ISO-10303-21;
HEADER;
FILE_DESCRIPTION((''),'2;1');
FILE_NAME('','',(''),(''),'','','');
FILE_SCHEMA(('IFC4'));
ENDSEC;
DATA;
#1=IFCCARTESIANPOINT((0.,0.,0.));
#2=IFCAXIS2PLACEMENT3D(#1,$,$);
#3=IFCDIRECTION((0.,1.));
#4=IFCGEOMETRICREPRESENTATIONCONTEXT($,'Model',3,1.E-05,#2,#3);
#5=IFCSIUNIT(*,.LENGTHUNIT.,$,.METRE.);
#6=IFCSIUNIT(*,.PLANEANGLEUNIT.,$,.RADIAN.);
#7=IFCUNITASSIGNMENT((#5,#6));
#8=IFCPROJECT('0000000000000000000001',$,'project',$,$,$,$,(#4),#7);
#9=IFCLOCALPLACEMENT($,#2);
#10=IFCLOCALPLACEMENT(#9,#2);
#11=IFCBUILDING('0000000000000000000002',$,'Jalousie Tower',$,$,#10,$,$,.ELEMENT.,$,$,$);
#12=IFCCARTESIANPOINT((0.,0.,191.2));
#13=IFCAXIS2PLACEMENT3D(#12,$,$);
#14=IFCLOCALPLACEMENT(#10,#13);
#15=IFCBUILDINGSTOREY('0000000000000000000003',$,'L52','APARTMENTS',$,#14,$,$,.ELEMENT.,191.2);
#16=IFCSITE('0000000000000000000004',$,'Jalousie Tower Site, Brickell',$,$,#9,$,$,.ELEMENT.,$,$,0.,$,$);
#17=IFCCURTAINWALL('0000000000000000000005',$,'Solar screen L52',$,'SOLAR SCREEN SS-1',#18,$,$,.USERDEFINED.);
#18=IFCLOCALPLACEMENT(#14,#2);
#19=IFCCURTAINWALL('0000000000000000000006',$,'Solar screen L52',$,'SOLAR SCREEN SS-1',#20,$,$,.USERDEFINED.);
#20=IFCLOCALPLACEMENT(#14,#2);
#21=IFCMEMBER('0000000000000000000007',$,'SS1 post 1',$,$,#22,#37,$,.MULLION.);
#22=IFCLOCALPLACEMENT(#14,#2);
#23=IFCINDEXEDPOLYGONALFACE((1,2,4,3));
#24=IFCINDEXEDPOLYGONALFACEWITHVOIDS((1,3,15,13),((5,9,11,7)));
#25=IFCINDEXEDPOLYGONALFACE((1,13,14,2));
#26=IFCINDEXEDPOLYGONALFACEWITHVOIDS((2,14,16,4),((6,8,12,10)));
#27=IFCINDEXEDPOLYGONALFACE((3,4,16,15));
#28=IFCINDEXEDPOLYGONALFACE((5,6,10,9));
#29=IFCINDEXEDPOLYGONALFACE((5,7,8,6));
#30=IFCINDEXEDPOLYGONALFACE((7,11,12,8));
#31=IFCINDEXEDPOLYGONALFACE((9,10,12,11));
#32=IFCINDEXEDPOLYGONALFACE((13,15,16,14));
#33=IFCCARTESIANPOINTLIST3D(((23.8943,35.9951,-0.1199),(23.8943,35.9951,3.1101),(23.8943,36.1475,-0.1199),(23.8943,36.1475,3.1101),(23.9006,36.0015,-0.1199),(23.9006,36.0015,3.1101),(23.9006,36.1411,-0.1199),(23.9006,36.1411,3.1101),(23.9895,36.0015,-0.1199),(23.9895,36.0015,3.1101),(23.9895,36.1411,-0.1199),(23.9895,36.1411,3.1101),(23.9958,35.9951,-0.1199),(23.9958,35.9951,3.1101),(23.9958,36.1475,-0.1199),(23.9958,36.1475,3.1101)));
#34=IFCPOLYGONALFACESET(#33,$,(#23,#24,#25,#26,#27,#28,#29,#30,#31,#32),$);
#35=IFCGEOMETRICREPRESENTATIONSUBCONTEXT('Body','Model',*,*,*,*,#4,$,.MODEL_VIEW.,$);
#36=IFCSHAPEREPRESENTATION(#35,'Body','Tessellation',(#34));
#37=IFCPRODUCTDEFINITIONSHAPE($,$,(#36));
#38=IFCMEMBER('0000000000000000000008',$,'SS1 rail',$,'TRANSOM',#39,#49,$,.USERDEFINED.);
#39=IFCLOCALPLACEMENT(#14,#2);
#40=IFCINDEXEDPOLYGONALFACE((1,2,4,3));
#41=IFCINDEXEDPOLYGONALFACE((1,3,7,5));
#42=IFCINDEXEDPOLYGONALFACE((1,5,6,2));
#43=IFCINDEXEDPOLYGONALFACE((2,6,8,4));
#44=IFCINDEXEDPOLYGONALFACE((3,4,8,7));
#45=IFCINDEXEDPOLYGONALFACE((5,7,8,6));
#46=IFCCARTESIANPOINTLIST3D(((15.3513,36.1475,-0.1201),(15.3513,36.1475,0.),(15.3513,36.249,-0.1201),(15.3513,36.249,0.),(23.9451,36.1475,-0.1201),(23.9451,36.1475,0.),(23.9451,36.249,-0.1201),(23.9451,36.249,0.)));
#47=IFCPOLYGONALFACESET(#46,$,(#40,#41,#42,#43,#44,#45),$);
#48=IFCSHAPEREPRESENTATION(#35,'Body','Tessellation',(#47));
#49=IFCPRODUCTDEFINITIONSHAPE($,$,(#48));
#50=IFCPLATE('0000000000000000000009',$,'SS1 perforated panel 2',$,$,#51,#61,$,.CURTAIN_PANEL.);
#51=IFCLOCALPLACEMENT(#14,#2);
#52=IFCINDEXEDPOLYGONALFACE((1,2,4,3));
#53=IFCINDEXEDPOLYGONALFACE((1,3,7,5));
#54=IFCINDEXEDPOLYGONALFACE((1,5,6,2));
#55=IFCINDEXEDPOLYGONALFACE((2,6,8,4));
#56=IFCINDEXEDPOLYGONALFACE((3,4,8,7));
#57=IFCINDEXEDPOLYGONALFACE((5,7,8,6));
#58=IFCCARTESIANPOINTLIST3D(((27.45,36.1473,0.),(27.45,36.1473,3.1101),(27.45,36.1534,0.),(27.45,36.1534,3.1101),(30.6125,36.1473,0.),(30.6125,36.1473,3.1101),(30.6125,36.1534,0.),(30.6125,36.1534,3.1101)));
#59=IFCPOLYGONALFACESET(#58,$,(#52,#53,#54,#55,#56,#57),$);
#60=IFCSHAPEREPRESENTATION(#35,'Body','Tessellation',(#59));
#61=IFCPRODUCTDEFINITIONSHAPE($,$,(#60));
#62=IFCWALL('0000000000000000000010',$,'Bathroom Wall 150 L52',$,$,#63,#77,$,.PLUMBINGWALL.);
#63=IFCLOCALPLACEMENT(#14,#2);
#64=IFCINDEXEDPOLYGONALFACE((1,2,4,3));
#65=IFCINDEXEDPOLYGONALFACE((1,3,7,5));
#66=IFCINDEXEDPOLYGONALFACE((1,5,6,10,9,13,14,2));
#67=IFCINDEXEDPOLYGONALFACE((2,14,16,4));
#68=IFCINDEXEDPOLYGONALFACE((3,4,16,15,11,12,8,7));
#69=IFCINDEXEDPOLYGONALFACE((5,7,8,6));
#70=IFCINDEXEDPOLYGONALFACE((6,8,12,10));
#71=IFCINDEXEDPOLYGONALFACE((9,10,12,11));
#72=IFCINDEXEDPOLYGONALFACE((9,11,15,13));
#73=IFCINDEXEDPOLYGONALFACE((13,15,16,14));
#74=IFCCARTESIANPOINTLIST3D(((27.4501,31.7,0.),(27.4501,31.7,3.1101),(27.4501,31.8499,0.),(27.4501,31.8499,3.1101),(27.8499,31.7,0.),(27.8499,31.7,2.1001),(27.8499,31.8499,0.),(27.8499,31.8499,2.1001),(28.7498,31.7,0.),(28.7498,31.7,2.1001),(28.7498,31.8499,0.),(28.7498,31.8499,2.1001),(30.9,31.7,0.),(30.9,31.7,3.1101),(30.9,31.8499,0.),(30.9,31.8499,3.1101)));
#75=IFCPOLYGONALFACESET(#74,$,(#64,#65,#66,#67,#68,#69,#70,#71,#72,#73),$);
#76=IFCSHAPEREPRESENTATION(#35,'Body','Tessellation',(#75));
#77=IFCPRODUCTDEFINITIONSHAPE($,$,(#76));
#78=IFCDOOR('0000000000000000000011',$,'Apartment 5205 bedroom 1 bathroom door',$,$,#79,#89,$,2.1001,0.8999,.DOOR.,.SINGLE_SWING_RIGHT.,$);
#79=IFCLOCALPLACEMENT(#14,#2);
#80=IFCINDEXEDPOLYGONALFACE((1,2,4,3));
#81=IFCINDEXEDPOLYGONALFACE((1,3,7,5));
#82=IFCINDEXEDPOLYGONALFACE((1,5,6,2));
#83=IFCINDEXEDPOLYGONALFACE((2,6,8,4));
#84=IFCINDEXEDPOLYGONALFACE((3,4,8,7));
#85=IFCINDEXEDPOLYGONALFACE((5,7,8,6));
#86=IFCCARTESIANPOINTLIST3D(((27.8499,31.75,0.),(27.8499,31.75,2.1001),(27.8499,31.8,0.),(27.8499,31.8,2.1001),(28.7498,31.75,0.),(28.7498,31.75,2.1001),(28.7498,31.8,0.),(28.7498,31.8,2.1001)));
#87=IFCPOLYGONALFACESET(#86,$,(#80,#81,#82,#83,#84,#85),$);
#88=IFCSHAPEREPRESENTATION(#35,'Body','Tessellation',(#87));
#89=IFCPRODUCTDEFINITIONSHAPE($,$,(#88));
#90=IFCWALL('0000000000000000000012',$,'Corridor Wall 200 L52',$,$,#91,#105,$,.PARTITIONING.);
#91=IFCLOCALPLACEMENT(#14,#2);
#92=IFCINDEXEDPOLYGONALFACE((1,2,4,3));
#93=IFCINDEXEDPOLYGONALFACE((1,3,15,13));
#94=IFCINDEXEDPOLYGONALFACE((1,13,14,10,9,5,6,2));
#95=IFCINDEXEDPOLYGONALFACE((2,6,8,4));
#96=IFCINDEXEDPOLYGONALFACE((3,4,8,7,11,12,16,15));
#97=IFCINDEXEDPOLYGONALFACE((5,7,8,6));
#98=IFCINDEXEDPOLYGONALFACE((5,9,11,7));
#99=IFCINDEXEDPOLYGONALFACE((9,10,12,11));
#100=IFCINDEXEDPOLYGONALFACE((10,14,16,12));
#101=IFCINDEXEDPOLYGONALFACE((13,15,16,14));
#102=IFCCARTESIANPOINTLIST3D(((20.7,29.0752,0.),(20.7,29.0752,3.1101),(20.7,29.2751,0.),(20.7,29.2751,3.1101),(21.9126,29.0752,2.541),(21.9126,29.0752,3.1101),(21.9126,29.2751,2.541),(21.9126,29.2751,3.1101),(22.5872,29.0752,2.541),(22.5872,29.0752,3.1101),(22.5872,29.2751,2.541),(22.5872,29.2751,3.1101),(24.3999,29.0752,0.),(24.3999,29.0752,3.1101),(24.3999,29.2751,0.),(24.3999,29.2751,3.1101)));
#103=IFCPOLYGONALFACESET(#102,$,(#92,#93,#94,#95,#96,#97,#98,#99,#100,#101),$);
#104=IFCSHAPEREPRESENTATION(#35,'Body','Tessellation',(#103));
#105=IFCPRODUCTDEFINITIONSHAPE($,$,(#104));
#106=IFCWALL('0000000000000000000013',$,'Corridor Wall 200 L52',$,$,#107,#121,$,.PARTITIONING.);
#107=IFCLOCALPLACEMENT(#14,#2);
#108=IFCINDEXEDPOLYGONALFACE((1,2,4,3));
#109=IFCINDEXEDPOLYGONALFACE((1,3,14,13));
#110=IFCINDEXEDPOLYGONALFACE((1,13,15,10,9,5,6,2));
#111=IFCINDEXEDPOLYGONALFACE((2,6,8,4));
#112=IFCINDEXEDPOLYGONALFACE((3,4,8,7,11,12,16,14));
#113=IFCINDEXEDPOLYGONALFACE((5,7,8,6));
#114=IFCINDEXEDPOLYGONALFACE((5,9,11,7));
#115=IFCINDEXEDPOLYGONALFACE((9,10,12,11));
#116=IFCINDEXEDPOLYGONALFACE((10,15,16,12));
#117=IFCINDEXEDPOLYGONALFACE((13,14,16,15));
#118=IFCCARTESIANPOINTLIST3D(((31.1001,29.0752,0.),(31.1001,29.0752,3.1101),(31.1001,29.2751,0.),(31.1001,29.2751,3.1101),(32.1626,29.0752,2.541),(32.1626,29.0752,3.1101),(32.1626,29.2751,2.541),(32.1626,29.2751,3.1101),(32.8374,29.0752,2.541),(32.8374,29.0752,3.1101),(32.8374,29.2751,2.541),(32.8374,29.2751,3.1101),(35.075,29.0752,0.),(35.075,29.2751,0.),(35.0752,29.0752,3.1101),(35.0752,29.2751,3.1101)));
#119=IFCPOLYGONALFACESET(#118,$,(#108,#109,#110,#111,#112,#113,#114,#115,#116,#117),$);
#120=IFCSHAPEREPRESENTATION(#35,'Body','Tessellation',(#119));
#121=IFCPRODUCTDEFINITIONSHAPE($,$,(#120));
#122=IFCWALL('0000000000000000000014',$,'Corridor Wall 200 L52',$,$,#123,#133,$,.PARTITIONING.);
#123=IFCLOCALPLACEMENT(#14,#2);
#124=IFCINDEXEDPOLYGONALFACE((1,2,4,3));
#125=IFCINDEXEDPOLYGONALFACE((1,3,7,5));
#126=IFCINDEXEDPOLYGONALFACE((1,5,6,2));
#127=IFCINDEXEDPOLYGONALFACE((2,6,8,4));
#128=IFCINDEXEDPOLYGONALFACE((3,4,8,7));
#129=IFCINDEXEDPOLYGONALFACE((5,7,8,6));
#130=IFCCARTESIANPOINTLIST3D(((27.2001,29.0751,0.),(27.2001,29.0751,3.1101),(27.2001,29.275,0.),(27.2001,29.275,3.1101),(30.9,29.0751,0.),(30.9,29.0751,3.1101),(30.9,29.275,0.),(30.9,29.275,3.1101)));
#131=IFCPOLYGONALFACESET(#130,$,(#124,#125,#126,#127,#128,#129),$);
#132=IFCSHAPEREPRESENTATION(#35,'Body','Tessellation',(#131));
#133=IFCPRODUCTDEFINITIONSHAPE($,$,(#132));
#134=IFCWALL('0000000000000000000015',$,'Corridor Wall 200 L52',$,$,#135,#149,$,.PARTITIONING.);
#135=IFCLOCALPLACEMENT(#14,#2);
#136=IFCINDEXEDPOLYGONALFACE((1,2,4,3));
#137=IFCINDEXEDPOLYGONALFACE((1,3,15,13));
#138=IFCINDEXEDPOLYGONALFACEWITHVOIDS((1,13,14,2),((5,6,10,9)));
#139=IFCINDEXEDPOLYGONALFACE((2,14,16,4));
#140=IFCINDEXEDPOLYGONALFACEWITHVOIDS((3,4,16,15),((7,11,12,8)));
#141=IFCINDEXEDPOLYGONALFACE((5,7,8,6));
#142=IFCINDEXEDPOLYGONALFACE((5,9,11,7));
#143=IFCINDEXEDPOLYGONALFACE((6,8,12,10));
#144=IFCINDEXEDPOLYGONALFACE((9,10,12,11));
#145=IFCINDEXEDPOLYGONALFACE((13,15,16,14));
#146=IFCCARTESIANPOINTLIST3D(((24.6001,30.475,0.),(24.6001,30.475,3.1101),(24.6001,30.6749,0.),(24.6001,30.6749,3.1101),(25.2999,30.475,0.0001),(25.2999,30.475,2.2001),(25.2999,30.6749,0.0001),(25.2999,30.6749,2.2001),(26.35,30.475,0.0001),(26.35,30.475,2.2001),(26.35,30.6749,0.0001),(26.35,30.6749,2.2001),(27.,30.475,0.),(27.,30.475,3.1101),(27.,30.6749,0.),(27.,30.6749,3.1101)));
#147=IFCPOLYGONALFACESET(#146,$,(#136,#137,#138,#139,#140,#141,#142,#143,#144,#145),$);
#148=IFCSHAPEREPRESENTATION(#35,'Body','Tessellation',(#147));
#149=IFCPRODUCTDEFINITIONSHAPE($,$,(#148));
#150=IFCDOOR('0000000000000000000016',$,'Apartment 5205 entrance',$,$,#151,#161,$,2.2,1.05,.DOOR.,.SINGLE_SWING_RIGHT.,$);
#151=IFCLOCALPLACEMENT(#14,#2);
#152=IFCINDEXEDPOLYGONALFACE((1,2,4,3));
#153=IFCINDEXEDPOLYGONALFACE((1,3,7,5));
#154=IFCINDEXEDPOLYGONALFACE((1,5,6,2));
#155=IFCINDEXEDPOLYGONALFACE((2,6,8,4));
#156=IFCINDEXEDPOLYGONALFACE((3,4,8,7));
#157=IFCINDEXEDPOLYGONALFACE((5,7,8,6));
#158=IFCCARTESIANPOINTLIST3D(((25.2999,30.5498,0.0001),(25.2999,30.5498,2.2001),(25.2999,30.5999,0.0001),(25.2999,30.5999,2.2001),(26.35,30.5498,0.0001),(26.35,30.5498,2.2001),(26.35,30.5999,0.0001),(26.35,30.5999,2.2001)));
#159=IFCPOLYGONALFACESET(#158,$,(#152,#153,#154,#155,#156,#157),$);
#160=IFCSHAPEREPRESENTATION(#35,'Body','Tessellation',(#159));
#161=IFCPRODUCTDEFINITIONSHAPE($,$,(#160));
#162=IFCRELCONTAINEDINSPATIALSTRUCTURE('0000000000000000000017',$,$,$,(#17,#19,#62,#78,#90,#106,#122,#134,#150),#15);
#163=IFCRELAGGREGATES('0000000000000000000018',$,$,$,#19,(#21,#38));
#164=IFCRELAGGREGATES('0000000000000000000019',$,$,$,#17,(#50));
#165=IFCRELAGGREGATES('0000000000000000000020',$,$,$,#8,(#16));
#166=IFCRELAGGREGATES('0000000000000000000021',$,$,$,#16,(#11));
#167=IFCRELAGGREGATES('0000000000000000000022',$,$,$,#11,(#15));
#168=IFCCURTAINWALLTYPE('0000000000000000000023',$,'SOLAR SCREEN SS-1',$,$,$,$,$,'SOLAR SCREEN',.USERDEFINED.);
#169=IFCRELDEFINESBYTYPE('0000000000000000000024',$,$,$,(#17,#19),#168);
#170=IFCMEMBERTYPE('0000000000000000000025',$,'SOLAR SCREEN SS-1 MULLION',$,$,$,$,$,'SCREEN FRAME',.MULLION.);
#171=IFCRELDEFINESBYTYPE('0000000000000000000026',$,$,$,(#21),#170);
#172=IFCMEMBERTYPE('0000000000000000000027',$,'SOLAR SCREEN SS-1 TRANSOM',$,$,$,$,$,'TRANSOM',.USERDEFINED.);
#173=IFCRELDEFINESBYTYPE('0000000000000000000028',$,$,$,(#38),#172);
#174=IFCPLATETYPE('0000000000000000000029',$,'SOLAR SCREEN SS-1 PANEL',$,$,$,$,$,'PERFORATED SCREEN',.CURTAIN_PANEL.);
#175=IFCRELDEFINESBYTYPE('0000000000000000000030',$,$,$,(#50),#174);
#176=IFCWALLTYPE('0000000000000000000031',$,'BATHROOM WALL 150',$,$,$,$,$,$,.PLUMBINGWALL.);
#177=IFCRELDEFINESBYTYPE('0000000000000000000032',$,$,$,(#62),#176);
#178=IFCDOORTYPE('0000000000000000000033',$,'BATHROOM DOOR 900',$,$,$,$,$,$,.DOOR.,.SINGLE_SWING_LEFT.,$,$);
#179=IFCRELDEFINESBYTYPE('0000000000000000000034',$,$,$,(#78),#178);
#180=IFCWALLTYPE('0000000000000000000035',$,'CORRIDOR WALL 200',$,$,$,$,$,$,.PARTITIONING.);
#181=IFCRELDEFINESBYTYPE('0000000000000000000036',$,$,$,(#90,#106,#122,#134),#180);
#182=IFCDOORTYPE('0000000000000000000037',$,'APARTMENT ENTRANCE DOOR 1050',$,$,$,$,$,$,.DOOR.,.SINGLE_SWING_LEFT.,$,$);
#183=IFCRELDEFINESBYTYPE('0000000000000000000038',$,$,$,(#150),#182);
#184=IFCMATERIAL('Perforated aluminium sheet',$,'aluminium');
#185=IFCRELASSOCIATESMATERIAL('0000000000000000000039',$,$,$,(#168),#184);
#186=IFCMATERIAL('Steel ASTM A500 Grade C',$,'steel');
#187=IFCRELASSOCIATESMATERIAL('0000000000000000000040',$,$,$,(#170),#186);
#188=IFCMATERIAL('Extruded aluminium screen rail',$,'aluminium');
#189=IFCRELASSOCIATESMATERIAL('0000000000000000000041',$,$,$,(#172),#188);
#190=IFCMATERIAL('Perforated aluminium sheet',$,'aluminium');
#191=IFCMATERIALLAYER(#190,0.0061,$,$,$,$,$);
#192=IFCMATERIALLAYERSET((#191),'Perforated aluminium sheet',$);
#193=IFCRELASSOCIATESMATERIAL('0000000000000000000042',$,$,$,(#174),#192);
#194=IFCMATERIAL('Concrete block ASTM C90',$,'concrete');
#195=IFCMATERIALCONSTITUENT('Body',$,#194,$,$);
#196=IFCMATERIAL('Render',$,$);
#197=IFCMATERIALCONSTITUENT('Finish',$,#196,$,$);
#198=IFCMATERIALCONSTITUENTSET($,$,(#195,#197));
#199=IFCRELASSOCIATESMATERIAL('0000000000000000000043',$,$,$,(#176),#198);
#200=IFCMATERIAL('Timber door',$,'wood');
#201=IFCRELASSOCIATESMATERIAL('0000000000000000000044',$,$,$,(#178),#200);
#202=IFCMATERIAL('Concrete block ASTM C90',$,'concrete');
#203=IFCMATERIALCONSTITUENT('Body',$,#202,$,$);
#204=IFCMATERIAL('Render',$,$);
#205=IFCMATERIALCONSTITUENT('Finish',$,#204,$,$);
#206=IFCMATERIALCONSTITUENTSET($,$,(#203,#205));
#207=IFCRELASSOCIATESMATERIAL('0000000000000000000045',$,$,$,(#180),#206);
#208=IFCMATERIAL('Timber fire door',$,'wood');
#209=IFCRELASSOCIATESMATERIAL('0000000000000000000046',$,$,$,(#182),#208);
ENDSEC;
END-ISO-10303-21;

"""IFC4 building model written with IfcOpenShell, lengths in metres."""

from ifc_helpers import new_model, si_unit, direction, frame, frame_2d, origin, origin_2d, place, context, subcontext, project, spatial, polyline, rectangle, hollow_rectangle, outline, extrude, material, layer, layer_set, constituent, constituent_set, material_profile, profile_set, type_object, element, fill, aggregate, save


model = new_model("IFC4")

# Units and contexts
model_context = context("Model", 3, precision=1e-05, world=origin(), true_north=direction((0.0, 1.0)))
body_context = subcontext(model_context, "Body", "Model", "MODEL_VIEW")
ifc_project = project(units=[si_unit("LENGTHUNIT", "METRE"), si_unit("PLANEANGLEUNIT", "RADIAN")], contexts=[model_context])

# Site, building, storey
site_placement = place(None, origin())
site = spatial("IfcSite", under=ifc_project, at=site_placement, Name="Jalousie Tower Site, Brickell", CompositionType="ELEMENT", RefElevation=0.0)
building_placement = place(site_placement, origin())
building = spatial("IfcBuilding", under=site, at=building_placement, Name="Jalousie Tower", CompositionType="ELEMENT")
storey_placement = place(building_placement, frame((0.0, 0.0, 191.2)))
storey = spatial("IfcBuildingStorey", under=building, at=storey_placement, Name="L52", Description="APARTMENTS", CompositionType="ELEMENT", Elevation=191.2)

# Curtain walls, members
ifc_material_1 = material(Name="Perforated aluminium sheet", Category="aluminium")
curtain_wall_type = type_object("IfcCurtainWallType", Name="SOLAR SCREEN SS-1", ElementType="SOLAR SCREEN", PredefinedType="USERDEFINED", material=ifc_material_1)
curtain_wall_1_placement = place(storey_placement, origin())
curtain_wall_1 = element("IfcCurtainWall", 1, at=curtain_wall_1_placement, inside=storey, type_object=curtain_wall_type, Name="Solar screen L52", ObjectType="SOLAR SCREEN SS-1", PredefinedType="USERDEFINED")
ifc_material_2 = material(Name="Steel ASTM A500 Grade C", Category="steel")
ifc_material_profile_1 = material_profile(ifc_material_2, hollow_rectangle(XDim=0.1016, YDim=0.1523, WallThickness=0.0063, at=origin_2d()), Name="HSS6X4X1/4")
ifc_profile_set_1 = profile_set([ifc_material_profile_1], Name="Steel ASTM A500 Grade C")
member_type_1 = type_object("IfcMemberType", Name="SOLAR SCREEN SS-1 MULLION", ElementType="SCREEN FRAME", PredefinedType="MULLION", material=ifc_profile_set_1)
curtain_wall_2_placement = place(storey_placement, origin())
curtain_wall_2 = element("IfcCurtainWall", 2, at=curtain_wall_2_placement, inside=storey, type_object=curtain_wall_type, Name="Solar screen L52", ObjectType="SOLAR SCREEN SS-1", PredefinedType="USERDEFINED")
member_1_placement = place(storey_placement, frame((23.9451, 36.0713, -0.1199), z_axis=(0.0, 0.0, 1.0), x_axis=(-1.0, 0.0, 0.0)))
member_1 = element("IfcMember", 3, at=member_1_placement, type_object=member_type_1, Name="SS1 post 1", PredefinedType="MULLION", context=body_context, shape_type="SweptSolid", body=[
    extrude(hollow_rectangle(XDim=0.1016, YDim=0.1523, WallThickness=0.0063, at=origin_2d()), origin(), (0.0, 0.0, 1.0), 3.23),
])
ifc_material_3 = material(Name="Extruded aluminium screen rail", Category="aluminium")
ifc_material_profile_2 = material_profile(ifc_material_3, rectangle(XDim=0.1016, YDim=0.1201, at=origin_2d()), Name="RAIL 102x120")
ifc_profile_set_2 = profile_set([ifc_material_profile_2], Name="Extruded aluminium screen rail")
member_type_2 = type_object("IfcMemberType", Name="SOLAR SCREEN SS-1 TRANSOM", ElementType="TRANSOM", PredefinedType="USERDEFINED", material=ifc_profile_set_2)
member_2_placement = place(storey_placement, frame((23.9451, 36.1982, -0.0601), z_axis=(-1.0, 0.0, 0.0), x_axis=(0.0, -1.0, 0.0)))
member_2 = element("IfcMember", 4, at=member_2_placement, type_object=member_type_2, Name="SS1 rail", ObjectType="TRANSOM", PredefinedType="USERDEFINED", context=body_context, shape_type="SweptSolid", body=[
    extrude(rectangle(XDim=0.1016, YDim=0.1201, at=origin_2d()), origin(), (0.0, 0.0, 1.0), 8.5938),
])
aggregate(curtain_wall_2, [member_1, member_2])

# Plate
ifc_material_4 = material(Name="Perforated aluminium sheet", Category="aluminium")
ifc_layer = layer(ifc_material_4, 0.0061)
ifc_layer_set = layer_set([ifc_layer], Name="Perforated aluminium sheet")
plate_type = type_object("IfcPlateType", Name="SOLAR SCREEN SS-1 PANEL", ElementType="PERFORATED SCREEN", PredefinedType="CURTAIN_PANEL", material=ifc_layer_set)
plate_placement = place(storey_placement, frame((29.0312, 36.1504, 0.0), z_axis=(0.0, 0.0, 1.0), x_axis=(-1.0, 0.0, 0.0)))
plate = element("IfcPlate", 5, at=plate_placement, type_object=plate_type, Name="SS1 perforated panel 2", PredefinedType="CURTAIN_PANEL", context=body_context, shape_type="SweptSolid", body=[
    extrude(rectangle(XDim=3.1626, YDim=0.0061, at=origin_2d()), origin(), (0.0, 0.0, 1.0), 3.1101),
])
aggregate(curtain_wall_1, [plate])

# Wall, opening, door
ifc_material_5 = material(Name="Concrete block ASTM C90", Category="concrete")
ifc_constituent_1 = constituent(ifc_material_5, Name="Body")
ifc_material_6 = material(Name="Render")
ifc_constituent_2 = constituent(ifc_material_6, Name="Finish")
ifc_constituent_set_1 = constituent_set(constituents=[ifc_constituent_1, ifc_constituent_2])
wall_type_1 = type_object("IfcWallType", Name="BATHROOM WALL 150", PredefinedType="PLUMBINGWALL", material=ifc_constituent_set_1)
wall_1_placement = place(storey_placement, frame((27.45, 31.7749, 0.0), z_axis=(0.0, 0.0, 1.0), x_axis=(1.0, 0.0, 0.0)))
wall_1 = element("IfcWall", 6, at=wall_1_placement, inside=storey, type_object=wall_type_1, Name="Bathroom Wall 150 L52", PredefinedType="PLUMBINGWALL", context=body_context, shape_type="SweptSolid", body=[
    extrude(rectangle(XDim=3.45, YDim=0.1499, at=frame_2d((1.7251, 0.0))), origin(), (0.0, 0.0, 1.0), 3.1101),
])
opening_1_placement = place(wall_1_placement, frame((0.3999, 0.0, 0.0)))
opening_1 = element("IfcOpeningElement", 7, at=opening_1_placement, cuts=wall_1, PredefinedType="OPENING", context=body_context, shape_type="SweptSolid", body=[
    extrude(rectangle(XDim=0.8999, YDim=2.1001, at=frame_2d((0.45, 1.05))), frame((0.0, 0.085, 0.0), z_axis=(0.0, -1.0, 0.0), x_axis=(1.0, 0.0, 0.0)), (0.0, 0.0, 1.0), 0.1699),
])
ifc_material_7 = material(Name="Timber door", Category="wood")
door_type_1 = type_object("IfcDoorType", Name="BATHROOM DOOR 900", OperationType="SINGLE_SWING_LEFT", PredefinedType="DOOR", material=ifc_material_7)
door_1_placement = place(opening_1_placement, frame((0.8999, 0.0, 0.0), z_axis=(0.0, 0.0, 1.0), x_axis=(-1.0, 0.0, 0.0)))
door_1 = element("IfcDoor", 8, at=door_1_placement, inside=storey, type_object=door_type_1, Name="Apartment 5205 bedroom 1 bathroom door", OperationType="SINGLE_SWING_RIGHT", OverallHeight=2.1001, OverallWidth=0.8999, PredefinedType="DOOR", context=body_context, shape_type="SweptSolid", body=[
    extrude(rectangle(XDim=0.8999, YDim=2.1001, at=frame_2d((0.45, 1.05))), frame((0.0, 0.0249, 0.0), z_axis=(0.0, -1.0, 0.0), x_axis=(1.0, 0.0, 0.0)), (0.0, 0.0, 1.0), 0.05),
])
fill(opening_1, door_1)

# Walls
ifc_material_8 = material(Name="Concrete block ASTM C90", Category="concrete")
ifc_constituent_3 = constituent(ifc_material_8, Name="Body")
ifc_material_9 = material(Name="Render")
ifc_constituent_4 = constituent(ifc_material_9, Name="Finish")
ifc_constituent_set_2 = constituent_set(constituents=[ifc_constituent_3, ifc_constituent_4])
wall_type_2 = type_object("IfcWallType", Name="CORRIDOR WALL 200", PredefinedType="PARTITIONING", material=ifc_constituent_set_2)
wall_2_placement = place(storey_placement, frame((20.7, 29.175, 0.0), z_axis=(0.0, 0.0, 1.0), x_axis=(1.0, 0.0, 0.0)))
element("IfcWall", 9, at=wall_2_placement, inside=storey, type_object=wall_type_2, Name="Corridor Wall 200 L52", PredefinedType="PARTITIONING", context=body_context, shape_type="SweptSolid", body=[
    extrude(outline(polyline([(0.0, 0.0), (3.7, 0.0), (3.7, 3.1101), (1.8872, 3.1101), (1.8872, 2.541), (1.2126, 2.541), (1.2126, 3.1101), (0.0, 3.1101), (0.0, 0.0)])), frame((0.0, 0.1001, 0.0), z_axis=(0.0, -1.0, 0.0), x_axis=(1.0, 0.0, 0.0)), (0.0, 0.0, 1.0), 0.2),
])
wall_3_placement = place(storey_placement, frame((31.1001, 29.175, 0.0), z_axis=(0.0, 0.0, 1.0), x_axis=(1.0, 0.0, 0.0)))
element("IfcWall", 10, at=wall_3_placement, inside=storey, type_object=wall_type_2, Name="Corridor Wall 200 L52", PredefinedType="PARTITIONING", context=body_context, shape_type="SweptSolid", body=[
    extrude(outline(polyline([(0.0, 0.0), (3.9749, 0.0), (3.9751, 3.1101), (1.7373, 3.1101), (1.7373, 2.541), (1.0625, 2.541), (1.0625, 3.1101), (0.0, 3.1101), (0.0, 0.0)])), frame((0.0, 0.1001, 0.0), z_axis=(0.0, -1.0, 0.0), x_axis=(1.0, 0.0, 0.0)), (0.0, 0.0, 1.0), 0.2),
])
wall_4_placement = place(storey_placement, frame((27.2, 29.175, 0.0), z_axis=(0.0, 0.0, 1.0), x_axis=(1.0, 0.0, 0.0)))
element("IfcWall", 11, at=wall_4_placement, inside=storey, type_object=wall_type_2, Name="Corridor Wall 200 L52", PredefinedType="PARTITIONING", context=body_context, shape_type="SweptSolid", body=[
    extrude(rectangle(XDim=3.7, YDim=0.2, at=frame_2d((1.8501, 0.0))), origin(), (0.0, 0.0, 1.0), 3.1101),
])

# Wall, opening, door
wall_5_placement = place(storey_placement, frame((24.6001, 30.575, 0.0), z_axis=(0.0, 0.0, 1.0), x_axis=(1.0, 0.0, 0.0)))
wall_5 = element("IfcWall", 12, at=wall_5_placement, inside=storey, type_object=wall_type_2, Name="Corridor Wall 200 L52", PredefinedType="PARTITIONING", context=body_context, shape_type="SweptSolid", body=[
    extrude(rectangle(XDim=2.3999, YDim=0.2, at=frame_2d((1.2, 0.0))), origin(), (0.0, 0.0, 1.0), 3.1101),
])
opening_2_placement = place(wall_5_placement, frame((0.7, 0.0, 0.0)))
opening_2 = element("IfcOpeningElement", 13, at=opening_2_placement, cuts=wall_5, PredefinedType="OPENING", context=body_context, shape_type="SweptSolid", body=[
    extrude(rectangle(XDim=1.05, YDim=2.2, at=frame_2d((0.5249, 1.1001))), frame((0.0, 0.1099, 0.0), z_axis=(0.0, -1.0, 0.0), x_axis=(1.0, 0.0, 0.0)), (0.0, 0.0, 1.0), 0.22),
])
ifc_material_10 = material(Name="Timber fire door", Category="wood")
door_type_2 = type_object("IfcDoorType", Name="APARTMENT ENTRANCE DOOR 1050", OperationType="SINGLE_SWING_LEFT", PredefinedType="DOOR", material=ifc_material_10)
door_2_placement = place(opening_2_placement, origin())
door_2 = element("IfcDoor", 14, at=door_2_placement, inside=storey, type_object=door_type_2, Name="Apartment 5205 entrance", OperationType="SINGLE_SWING_RIGHT", OverallHeight=2.2, OverallWidth=1.05, PredefinedType="DOOR", context=body_context, shape_type="SweptSolid", body=[
    extrude(rectangle(XDim=1.05, YDim=2.2, at=frame_2d((0.5249, 1.1001))), frame((0.0, 0.0249, 0.0), z_axis=(0.0, -1.0, 0.0), x_axis=(1.0, 0.0, 0.0)), (0.0, 0.0, 1.0), 0.05),
])
fill(opening_2, door_2)

save(model, "model.ifc")
